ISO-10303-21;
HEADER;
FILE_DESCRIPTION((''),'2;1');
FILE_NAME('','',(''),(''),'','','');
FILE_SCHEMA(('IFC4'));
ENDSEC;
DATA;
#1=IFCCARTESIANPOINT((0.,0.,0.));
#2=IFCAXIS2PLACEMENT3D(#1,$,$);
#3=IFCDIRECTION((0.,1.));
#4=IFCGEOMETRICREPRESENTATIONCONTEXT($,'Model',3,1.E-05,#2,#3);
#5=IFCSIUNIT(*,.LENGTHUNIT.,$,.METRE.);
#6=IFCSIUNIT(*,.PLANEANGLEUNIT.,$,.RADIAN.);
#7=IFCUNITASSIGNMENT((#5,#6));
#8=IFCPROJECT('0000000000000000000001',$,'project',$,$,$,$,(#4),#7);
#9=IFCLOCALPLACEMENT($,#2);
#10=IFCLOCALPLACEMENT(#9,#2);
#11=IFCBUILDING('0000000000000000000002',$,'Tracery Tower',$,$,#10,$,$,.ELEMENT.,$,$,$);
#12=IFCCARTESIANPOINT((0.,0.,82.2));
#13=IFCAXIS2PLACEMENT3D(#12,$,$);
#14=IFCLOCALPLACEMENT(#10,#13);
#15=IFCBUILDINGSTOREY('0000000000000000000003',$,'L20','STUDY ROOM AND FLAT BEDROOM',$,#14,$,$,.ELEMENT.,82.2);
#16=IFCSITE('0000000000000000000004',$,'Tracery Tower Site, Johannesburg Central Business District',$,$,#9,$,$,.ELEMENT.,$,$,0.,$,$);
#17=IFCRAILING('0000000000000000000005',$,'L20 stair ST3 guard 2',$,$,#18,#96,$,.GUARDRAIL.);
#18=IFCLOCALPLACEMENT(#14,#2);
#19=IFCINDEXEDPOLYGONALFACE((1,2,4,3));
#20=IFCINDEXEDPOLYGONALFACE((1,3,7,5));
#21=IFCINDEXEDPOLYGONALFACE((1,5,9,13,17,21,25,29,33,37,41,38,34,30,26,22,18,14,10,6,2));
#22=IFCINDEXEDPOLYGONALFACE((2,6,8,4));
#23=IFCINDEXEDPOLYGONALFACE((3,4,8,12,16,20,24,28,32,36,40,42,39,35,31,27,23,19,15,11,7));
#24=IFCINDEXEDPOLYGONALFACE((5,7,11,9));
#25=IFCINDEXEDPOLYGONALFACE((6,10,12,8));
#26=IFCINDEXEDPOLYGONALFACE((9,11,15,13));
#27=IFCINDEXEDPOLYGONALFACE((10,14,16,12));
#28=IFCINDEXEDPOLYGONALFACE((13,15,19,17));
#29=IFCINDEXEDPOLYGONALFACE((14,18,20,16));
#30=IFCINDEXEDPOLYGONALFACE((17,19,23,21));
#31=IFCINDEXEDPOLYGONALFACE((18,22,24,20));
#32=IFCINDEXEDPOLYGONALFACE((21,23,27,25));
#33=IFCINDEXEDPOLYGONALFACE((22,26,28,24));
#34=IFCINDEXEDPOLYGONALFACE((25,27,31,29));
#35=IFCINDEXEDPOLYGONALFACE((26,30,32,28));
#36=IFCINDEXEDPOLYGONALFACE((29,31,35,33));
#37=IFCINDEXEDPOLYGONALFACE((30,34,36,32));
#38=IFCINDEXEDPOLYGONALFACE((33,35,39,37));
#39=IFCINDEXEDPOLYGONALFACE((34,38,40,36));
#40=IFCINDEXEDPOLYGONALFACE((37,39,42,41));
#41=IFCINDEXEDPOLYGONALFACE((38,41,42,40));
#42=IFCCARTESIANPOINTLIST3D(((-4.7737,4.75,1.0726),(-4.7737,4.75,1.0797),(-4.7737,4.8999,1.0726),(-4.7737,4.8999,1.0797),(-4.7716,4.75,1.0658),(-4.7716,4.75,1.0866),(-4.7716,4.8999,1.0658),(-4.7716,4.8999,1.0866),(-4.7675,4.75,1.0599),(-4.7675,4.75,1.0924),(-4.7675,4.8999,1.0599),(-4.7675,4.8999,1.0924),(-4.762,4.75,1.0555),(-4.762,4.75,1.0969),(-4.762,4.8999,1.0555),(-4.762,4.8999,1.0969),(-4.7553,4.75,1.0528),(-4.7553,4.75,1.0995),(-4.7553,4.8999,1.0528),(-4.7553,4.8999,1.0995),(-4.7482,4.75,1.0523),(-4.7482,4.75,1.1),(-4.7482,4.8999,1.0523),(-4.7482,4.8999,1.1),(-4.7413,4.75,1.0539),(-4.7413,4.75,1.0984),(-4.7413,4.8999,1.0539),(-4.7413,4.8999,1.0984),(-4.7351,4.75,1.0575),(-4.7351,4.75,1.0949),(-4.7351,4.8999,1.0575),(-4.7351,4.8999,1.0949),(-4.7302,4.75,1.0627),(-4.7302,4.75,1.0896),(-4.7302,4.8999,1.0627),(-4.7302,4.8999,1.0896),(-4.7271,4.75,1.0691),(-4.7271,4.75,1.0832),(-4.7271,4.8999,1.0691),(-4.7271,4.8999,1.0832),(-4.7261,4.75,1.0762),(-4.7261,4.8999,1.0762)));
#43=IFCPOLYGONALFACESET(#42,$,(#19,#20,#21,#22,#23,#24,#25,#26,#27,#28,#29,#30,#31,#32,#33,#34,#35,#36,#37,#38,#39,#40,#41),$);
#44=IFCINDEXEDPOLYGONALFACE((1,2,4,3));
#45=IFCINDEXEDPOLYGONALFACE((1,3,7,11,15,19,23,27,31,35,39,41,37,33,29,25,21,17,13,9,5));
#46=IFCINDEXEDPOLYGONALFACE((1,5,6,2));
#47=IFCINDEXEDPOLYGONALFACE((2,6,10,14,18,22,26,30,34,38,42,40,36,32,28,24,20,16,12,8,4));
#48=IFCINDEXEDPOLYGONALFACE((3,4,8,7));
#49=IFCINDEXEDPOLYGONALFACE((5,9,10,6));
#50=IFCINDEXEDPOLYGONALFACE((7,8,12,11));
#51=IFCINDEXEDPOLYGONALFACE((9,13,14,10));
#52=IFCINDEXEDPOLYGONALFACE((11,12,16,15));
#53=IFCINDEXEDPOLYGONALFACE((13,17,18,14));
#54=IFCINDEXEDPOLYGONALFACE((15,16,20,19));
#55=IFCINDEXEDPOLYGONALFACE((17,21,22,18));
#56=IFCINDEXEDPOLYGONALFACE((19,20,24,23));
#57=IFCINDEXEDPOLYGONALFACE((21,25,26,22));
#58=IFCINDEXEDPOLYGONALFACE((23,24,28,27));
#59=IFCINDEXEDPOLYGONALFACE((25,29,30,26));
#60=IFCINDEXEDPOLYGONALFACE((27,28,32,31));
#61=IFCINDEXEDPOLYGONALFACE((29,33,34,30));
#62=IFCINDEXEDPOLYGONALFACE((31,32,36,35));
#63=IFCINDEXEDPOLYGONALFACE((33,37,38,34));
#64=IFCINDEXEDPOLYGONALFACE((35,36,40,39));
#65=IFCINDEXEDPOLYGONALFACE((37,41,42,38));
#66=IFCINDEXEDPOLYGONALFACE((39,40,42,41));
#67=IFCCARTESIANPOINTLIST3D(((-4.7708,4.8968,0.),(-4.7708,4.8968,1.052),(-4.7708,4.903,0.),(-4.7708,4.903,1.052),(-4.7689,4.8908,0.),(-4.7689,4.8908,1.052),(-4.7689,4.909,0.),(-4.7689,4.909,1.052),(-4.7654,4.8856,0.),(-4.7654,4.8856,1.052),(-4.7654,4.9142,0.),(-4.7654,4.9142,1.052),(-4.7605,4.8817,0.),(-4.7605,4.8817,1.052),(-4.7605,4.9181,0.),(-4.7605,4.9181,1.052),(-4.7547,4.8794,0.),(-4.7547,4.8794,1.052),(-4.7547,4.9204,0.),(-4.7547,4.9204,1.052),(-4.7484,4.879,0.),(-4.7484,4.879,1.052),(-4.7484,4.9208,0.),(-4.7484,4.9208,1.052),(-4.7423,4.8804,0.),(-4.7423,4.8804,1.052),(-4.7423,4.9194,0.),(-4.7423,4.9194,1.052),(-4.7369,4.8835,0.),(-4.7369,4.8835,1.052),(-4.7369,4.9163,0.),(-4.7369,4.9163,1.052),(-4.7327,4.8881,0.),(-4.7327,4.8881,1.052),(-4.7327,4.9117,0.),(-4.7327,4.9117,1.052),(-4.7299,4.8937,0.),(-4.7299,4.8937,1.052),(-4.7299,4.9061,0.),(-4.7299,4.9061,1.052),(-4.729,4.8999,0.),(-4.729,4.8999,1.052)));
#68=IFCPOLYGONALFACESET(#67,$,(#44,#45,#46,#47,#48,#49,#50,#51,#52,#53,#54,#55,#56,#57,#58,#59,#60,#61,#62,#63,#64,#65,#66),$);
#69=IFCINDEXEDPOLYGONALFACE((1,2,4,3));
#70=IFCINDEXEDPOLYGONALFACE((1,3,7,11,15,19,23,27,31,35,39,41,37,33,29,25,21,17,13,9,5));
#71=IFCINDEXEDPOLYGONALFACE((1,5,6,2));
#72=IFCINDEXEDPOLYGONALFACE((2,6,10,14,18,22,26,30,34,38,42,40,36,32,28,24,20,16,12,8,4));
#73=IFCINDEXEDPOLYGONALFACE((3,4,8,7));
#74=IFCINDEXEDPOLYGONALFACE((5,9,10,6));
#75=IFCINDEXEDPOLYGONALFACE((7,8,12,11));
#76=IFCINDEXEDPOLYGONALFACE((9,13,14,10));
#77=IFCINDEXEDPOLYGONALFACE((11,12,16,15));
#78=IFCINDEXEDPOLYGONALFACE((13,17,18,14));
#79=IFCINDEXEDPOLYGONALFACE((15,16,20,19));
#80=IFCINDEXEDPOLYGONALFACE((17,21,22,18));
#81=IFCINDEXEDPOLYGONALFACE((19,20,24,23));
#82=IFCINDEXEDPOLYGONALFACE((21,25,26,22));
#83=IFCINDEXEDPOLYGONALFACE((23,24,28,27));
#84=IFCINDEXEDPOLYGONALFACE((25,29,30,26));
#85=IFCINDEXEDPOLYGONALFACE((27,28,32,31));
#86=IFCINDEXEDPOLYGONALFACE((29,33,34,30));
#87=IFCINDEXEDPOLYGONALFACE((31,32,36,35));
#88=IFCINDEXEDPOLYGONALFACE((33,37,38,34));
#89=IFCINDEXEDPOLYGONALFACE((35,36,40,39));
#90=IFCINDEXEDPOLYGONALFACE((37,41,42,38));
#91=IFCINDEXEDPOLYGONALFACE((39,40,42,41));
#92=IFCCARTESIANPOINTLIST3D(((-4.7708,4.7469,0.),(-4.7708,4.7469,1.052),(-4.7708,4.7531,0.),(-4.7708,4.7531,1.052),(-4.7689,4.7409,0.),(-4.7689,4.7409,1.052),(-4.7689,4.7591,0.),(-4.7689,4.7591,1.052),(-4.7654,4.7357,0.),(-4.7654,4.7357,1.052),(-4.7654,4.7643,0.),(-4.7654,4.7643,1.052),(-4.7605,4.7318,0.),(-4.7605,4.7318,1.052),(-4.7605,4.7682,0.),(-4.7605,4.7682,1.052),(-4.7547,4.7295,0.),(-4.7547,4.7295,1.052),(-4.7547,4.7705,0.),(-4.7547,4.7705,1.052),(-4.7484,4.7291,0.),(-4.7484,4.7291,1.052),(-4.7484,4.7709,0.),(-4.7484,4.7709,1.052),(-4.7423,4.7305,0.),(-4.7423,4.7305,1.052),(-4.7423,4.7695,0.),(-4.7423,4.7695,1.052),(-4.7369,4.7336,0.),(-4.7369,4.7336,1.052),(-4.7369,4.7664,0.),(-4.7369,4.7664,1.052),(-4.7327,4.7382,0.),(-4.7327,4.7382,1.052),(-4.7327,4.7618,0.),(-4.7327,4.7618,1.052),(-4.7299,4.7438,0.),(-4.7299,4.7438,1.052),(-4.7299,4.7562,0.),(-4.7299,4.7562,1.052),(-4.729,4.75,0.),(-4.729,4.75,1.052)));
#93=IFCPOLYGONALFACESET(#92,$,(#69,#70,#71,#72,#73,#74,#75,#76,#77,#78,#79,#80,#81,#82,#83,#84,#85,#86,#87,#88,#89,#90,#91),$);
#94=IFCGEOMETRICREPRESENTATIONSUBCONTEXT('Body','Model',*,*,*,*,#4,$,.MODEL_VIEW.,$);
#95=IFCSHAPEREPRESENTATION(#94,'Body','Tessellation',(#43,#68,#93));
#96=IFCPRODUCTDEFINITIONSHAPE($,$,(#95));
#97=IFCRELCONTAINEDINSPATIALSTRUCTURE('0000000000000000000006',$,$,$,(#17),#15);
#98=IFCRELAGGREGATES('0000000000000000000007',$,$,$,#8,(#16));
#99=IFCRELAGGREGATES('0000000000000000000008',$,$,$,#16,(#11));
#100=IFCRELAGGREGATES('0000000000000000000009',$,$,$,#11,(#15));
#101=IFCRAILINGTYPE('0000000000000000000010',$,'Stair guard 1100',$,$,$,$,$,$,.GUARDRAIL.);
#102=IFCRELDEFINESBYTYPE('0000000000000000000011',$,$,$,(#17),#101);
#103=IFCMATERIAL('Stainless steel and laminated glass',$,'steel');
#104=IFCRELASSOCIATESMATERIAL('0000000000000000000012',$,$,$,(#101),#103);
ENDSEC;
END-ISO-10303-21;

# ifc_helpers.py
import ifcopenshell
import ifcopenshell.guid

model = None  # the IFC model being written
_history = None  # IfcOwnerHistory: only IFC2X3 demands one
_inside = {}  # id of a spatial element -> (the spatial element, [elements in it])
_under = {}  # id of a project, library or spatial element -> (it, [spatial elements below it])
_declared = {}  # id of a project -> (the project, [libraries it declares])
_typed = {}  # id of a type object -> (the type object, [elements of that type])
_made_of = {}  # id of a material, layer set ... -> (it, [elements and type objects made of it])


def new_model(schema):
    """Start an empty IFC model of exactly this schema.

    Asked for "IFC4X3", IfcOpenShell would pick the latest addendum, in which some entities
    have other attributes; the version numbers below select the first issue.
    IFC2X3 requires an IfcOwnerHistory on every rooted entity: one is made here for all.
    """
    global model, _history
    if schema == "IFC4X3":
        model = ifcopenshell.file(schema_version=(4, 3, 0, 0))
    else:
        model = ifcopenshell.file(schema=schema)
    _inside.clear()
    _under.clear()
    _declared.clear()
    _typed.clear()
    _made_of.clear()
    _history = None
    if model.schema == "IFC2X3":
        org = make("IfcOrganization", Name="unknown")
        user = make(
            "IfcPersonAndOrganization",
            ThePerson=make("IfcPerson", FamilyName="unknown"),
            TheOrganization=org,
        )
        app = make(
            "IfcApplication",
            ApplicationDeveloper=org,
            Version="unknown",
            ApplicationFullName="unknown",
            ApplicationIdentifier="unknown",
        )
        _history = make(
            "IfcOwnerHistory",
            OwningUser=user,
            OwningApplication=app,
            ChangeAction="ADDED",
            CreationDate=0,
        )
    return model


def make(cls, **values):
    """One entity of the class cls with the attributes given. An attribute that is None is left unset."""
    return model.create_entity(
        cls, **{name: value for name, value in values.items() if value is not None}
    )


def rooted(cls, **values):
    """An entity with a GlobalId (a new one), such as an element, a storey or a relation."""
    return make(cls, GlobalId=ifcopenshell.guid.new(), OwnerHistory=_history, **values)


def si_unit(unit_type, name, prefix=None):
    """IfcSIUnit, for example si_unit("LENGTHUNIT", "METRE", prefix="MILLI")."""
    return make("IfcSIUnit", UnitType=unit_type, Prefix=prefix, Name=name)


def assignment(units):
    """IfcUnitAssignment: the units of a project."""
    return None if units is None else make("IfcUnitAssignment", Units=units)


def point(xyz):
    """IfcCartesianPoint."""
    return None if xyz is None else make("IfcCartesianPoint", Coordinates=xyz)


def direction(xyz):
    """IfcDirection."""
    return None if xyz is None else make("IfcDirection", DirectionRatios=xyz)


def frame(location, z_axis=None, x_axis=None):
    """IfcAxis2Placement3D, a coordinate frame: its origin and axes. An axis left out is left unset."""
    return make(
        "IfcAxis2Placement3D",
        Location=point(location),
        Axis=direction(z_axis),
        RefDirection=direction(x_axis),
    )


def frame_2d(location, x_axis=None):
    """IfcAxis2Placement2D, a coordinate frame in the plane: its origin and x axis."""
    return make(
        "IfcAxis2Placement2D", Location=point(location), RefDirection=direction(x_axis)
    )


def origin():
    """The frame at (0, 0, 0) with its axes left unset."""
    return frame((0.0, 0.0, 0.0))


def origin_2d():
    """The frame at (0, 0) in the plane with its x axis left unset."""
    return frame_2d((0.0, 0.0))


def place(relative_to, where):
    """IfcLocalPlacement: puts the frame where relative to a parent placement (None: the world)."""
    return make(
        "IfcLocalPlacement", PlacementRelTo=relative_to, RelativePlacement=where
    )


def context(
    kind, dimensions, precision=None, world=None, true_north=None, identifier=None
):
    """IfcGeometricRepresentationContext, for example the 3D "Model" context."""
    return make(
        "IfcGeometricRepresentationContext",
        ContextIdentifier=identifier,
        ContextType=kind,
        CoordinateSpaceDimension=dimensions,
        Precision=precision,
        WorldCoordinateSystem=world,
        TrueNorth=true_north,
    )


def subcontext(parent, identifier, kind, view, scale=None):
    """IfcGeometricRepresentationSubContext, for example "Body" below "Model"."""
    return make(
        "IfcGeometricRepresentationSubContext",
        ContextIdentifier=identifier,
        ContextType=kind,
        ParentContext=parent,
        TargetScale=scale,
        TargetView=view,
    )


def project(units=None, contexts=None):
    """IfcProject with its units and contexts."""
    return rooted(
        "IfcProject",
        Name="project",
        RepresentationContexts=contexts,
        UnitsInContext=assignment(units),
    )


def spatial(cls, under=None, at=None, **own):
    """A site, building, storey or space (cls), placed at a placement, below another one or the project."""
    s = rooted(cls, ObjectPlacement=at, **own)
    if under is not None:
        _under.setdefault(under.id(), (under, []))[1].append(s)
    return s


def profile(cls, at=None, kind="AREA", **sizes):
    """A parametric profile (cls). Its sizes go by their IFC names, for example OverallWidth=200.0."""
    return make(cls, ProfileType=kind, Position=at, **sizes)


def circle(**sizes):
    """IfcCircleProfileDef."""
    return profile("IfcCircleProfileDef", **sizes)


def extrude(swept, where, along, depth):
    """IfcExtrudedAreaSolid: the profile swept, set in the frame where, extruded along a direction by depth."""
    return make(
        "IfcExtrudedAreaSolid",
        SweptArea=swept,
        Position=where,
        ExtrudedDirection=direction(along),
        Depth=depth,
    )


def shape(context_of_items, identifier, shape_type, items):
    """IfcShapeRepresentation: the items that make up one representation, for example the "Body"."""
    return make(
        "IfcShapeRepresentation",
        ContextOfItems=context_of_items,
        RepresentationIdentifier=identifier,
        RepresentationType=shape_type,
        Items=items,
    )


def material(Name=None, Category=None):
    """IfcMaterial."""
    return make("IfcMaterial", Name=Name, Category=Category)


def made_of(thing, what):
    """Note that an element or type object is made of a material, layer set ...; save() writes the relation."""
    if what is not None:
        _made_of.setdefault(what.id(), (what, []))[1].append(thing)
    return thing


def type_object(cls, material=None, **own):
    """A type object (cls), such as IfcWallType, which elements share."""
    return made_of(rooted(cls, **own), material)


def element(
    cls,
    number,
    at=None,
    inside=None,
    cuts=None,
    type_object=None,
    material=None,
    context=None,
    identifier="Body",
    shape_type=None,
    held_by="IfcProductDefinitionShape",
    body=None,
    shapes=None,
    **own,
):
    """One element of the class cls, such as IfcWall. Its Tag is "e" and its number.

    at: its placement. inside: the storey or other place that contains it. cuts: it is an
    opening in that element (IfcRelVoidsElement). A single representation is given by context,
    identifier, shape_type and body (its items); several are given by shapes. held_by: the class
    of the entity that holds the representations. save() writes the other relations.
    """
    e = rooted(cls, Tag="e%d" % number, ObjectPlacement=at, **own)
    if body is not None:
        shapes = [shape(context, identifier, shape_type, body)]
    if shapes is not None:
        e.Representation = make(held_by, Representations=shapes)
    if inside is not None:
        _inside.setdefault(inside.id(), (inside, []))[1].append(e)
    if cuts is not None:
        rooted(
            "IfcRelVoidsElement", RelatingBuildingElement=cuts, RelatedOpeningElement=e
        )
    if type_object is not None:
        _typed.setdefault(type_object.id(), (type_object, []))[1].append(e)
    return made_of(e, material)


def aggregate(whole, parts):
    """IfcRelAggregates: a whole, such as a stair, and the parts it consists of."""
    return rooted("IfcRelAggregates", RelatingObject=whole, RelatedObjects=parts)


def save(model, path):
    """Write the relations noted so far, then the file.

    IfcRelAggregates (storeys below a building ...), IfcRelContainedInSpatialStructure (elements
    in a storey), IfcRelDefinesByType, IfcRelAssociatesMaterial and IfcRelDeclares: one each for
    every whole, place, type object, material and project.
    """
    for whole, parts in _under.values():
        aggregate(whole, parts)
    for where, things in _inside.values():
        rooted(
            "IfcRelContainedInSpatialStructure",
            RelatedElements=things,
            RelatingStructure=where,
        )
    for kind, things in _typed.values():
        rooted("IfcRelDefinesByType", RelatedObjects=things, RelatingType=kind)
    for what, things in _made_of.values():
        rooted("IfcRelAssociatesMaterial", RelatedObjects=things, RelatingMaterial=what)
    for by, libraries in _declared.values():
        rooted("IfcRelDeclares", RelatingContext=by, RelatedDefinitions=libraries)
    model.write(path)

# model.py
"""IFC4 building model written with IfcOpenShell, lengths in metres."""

from ifc_helpers import new_model, si_unit, direction, frame, origin, origin_2d, place, context, subcontext, project, spatial, circle, extrude, material, type_object, element, save


model = new_model("IFC4")

# Units and contexts
model_context = context("Model", 3, precision=1e-05, world=origin(), true_north=direction((0.0, 1.0)))
body_context = subcontext(model_context, "Body", "Model", "MODEL_VIEW")
ifc_project = project(units=[si_unit("LENGTHUNIT", "METRE"), si_unit("PLANEANGLEUNIT", "RADIAN")], contexts=[model_context])

# Site, building, storey
site_placement = place(None, origin())
site = spatial("IfcSite", under=ifc_project, at=site_placement, Name="Tracery Tower Site, Johannesburg Central Business District", CompositionType="ELEMENT", RefElevation=0.0)
building_placement = place(site_placement, origin())
building = spatial("IfcBuilding", under=site, at=building_placement, Name="Tracery Tower", CompositionType="ELEMENT")
storey_placement = place(building_placement, frame((0.0, 0.0, 82.2)))
storey = spatial("IfcBuildingStorey", under=building, at=storey_placement, Name="L20", Description="STUDY ROOM AND FLAT BEDROOM", CompositionType="ELEMENT", Elevation=82.2)

# Railing
ifc_material_1 = material(Name="Stainless steel and laminated glass", Category="steel")
railing_type_1 = type_object("IfcRailingType", Name="Stair guard 1100", PredefinedType="GUARDRAIL", material=ifc_material_1)
railing_1_placement = place(storey_placement, frame((-4.75, 4.8999, 0.0)))
element("IfcRailing", 1, at=railing_1_placement, inside=storey, type_object=railing_type_1, Name="L20 stair ST3 guard 2", PredefinedType="GUARDRAIL", context=body_context, shape_type="SweptSolid", body=[
    extrude(circle(Radius=0.0239, at=origin_2d()), frame((0.0, 0.0, 1.0762), z_axis=(0.0, -1.0, 0.0), x_axis=(1.0, 0.0, 0.0)), (0.0, 0.0, 1.0), 0.1499),
    extrude(circle(Radius=0.021, at=origin_2d()), origin(), (0.0, 0.0, 1.0), 1.052),
    extrude(circle(Radius=0.021, at=origin_2d()), frame((0.0, -0.1499, 0.0)), (0.0, 0.0, 1.0), 1.052),
])

save(model, "model.ifc")
